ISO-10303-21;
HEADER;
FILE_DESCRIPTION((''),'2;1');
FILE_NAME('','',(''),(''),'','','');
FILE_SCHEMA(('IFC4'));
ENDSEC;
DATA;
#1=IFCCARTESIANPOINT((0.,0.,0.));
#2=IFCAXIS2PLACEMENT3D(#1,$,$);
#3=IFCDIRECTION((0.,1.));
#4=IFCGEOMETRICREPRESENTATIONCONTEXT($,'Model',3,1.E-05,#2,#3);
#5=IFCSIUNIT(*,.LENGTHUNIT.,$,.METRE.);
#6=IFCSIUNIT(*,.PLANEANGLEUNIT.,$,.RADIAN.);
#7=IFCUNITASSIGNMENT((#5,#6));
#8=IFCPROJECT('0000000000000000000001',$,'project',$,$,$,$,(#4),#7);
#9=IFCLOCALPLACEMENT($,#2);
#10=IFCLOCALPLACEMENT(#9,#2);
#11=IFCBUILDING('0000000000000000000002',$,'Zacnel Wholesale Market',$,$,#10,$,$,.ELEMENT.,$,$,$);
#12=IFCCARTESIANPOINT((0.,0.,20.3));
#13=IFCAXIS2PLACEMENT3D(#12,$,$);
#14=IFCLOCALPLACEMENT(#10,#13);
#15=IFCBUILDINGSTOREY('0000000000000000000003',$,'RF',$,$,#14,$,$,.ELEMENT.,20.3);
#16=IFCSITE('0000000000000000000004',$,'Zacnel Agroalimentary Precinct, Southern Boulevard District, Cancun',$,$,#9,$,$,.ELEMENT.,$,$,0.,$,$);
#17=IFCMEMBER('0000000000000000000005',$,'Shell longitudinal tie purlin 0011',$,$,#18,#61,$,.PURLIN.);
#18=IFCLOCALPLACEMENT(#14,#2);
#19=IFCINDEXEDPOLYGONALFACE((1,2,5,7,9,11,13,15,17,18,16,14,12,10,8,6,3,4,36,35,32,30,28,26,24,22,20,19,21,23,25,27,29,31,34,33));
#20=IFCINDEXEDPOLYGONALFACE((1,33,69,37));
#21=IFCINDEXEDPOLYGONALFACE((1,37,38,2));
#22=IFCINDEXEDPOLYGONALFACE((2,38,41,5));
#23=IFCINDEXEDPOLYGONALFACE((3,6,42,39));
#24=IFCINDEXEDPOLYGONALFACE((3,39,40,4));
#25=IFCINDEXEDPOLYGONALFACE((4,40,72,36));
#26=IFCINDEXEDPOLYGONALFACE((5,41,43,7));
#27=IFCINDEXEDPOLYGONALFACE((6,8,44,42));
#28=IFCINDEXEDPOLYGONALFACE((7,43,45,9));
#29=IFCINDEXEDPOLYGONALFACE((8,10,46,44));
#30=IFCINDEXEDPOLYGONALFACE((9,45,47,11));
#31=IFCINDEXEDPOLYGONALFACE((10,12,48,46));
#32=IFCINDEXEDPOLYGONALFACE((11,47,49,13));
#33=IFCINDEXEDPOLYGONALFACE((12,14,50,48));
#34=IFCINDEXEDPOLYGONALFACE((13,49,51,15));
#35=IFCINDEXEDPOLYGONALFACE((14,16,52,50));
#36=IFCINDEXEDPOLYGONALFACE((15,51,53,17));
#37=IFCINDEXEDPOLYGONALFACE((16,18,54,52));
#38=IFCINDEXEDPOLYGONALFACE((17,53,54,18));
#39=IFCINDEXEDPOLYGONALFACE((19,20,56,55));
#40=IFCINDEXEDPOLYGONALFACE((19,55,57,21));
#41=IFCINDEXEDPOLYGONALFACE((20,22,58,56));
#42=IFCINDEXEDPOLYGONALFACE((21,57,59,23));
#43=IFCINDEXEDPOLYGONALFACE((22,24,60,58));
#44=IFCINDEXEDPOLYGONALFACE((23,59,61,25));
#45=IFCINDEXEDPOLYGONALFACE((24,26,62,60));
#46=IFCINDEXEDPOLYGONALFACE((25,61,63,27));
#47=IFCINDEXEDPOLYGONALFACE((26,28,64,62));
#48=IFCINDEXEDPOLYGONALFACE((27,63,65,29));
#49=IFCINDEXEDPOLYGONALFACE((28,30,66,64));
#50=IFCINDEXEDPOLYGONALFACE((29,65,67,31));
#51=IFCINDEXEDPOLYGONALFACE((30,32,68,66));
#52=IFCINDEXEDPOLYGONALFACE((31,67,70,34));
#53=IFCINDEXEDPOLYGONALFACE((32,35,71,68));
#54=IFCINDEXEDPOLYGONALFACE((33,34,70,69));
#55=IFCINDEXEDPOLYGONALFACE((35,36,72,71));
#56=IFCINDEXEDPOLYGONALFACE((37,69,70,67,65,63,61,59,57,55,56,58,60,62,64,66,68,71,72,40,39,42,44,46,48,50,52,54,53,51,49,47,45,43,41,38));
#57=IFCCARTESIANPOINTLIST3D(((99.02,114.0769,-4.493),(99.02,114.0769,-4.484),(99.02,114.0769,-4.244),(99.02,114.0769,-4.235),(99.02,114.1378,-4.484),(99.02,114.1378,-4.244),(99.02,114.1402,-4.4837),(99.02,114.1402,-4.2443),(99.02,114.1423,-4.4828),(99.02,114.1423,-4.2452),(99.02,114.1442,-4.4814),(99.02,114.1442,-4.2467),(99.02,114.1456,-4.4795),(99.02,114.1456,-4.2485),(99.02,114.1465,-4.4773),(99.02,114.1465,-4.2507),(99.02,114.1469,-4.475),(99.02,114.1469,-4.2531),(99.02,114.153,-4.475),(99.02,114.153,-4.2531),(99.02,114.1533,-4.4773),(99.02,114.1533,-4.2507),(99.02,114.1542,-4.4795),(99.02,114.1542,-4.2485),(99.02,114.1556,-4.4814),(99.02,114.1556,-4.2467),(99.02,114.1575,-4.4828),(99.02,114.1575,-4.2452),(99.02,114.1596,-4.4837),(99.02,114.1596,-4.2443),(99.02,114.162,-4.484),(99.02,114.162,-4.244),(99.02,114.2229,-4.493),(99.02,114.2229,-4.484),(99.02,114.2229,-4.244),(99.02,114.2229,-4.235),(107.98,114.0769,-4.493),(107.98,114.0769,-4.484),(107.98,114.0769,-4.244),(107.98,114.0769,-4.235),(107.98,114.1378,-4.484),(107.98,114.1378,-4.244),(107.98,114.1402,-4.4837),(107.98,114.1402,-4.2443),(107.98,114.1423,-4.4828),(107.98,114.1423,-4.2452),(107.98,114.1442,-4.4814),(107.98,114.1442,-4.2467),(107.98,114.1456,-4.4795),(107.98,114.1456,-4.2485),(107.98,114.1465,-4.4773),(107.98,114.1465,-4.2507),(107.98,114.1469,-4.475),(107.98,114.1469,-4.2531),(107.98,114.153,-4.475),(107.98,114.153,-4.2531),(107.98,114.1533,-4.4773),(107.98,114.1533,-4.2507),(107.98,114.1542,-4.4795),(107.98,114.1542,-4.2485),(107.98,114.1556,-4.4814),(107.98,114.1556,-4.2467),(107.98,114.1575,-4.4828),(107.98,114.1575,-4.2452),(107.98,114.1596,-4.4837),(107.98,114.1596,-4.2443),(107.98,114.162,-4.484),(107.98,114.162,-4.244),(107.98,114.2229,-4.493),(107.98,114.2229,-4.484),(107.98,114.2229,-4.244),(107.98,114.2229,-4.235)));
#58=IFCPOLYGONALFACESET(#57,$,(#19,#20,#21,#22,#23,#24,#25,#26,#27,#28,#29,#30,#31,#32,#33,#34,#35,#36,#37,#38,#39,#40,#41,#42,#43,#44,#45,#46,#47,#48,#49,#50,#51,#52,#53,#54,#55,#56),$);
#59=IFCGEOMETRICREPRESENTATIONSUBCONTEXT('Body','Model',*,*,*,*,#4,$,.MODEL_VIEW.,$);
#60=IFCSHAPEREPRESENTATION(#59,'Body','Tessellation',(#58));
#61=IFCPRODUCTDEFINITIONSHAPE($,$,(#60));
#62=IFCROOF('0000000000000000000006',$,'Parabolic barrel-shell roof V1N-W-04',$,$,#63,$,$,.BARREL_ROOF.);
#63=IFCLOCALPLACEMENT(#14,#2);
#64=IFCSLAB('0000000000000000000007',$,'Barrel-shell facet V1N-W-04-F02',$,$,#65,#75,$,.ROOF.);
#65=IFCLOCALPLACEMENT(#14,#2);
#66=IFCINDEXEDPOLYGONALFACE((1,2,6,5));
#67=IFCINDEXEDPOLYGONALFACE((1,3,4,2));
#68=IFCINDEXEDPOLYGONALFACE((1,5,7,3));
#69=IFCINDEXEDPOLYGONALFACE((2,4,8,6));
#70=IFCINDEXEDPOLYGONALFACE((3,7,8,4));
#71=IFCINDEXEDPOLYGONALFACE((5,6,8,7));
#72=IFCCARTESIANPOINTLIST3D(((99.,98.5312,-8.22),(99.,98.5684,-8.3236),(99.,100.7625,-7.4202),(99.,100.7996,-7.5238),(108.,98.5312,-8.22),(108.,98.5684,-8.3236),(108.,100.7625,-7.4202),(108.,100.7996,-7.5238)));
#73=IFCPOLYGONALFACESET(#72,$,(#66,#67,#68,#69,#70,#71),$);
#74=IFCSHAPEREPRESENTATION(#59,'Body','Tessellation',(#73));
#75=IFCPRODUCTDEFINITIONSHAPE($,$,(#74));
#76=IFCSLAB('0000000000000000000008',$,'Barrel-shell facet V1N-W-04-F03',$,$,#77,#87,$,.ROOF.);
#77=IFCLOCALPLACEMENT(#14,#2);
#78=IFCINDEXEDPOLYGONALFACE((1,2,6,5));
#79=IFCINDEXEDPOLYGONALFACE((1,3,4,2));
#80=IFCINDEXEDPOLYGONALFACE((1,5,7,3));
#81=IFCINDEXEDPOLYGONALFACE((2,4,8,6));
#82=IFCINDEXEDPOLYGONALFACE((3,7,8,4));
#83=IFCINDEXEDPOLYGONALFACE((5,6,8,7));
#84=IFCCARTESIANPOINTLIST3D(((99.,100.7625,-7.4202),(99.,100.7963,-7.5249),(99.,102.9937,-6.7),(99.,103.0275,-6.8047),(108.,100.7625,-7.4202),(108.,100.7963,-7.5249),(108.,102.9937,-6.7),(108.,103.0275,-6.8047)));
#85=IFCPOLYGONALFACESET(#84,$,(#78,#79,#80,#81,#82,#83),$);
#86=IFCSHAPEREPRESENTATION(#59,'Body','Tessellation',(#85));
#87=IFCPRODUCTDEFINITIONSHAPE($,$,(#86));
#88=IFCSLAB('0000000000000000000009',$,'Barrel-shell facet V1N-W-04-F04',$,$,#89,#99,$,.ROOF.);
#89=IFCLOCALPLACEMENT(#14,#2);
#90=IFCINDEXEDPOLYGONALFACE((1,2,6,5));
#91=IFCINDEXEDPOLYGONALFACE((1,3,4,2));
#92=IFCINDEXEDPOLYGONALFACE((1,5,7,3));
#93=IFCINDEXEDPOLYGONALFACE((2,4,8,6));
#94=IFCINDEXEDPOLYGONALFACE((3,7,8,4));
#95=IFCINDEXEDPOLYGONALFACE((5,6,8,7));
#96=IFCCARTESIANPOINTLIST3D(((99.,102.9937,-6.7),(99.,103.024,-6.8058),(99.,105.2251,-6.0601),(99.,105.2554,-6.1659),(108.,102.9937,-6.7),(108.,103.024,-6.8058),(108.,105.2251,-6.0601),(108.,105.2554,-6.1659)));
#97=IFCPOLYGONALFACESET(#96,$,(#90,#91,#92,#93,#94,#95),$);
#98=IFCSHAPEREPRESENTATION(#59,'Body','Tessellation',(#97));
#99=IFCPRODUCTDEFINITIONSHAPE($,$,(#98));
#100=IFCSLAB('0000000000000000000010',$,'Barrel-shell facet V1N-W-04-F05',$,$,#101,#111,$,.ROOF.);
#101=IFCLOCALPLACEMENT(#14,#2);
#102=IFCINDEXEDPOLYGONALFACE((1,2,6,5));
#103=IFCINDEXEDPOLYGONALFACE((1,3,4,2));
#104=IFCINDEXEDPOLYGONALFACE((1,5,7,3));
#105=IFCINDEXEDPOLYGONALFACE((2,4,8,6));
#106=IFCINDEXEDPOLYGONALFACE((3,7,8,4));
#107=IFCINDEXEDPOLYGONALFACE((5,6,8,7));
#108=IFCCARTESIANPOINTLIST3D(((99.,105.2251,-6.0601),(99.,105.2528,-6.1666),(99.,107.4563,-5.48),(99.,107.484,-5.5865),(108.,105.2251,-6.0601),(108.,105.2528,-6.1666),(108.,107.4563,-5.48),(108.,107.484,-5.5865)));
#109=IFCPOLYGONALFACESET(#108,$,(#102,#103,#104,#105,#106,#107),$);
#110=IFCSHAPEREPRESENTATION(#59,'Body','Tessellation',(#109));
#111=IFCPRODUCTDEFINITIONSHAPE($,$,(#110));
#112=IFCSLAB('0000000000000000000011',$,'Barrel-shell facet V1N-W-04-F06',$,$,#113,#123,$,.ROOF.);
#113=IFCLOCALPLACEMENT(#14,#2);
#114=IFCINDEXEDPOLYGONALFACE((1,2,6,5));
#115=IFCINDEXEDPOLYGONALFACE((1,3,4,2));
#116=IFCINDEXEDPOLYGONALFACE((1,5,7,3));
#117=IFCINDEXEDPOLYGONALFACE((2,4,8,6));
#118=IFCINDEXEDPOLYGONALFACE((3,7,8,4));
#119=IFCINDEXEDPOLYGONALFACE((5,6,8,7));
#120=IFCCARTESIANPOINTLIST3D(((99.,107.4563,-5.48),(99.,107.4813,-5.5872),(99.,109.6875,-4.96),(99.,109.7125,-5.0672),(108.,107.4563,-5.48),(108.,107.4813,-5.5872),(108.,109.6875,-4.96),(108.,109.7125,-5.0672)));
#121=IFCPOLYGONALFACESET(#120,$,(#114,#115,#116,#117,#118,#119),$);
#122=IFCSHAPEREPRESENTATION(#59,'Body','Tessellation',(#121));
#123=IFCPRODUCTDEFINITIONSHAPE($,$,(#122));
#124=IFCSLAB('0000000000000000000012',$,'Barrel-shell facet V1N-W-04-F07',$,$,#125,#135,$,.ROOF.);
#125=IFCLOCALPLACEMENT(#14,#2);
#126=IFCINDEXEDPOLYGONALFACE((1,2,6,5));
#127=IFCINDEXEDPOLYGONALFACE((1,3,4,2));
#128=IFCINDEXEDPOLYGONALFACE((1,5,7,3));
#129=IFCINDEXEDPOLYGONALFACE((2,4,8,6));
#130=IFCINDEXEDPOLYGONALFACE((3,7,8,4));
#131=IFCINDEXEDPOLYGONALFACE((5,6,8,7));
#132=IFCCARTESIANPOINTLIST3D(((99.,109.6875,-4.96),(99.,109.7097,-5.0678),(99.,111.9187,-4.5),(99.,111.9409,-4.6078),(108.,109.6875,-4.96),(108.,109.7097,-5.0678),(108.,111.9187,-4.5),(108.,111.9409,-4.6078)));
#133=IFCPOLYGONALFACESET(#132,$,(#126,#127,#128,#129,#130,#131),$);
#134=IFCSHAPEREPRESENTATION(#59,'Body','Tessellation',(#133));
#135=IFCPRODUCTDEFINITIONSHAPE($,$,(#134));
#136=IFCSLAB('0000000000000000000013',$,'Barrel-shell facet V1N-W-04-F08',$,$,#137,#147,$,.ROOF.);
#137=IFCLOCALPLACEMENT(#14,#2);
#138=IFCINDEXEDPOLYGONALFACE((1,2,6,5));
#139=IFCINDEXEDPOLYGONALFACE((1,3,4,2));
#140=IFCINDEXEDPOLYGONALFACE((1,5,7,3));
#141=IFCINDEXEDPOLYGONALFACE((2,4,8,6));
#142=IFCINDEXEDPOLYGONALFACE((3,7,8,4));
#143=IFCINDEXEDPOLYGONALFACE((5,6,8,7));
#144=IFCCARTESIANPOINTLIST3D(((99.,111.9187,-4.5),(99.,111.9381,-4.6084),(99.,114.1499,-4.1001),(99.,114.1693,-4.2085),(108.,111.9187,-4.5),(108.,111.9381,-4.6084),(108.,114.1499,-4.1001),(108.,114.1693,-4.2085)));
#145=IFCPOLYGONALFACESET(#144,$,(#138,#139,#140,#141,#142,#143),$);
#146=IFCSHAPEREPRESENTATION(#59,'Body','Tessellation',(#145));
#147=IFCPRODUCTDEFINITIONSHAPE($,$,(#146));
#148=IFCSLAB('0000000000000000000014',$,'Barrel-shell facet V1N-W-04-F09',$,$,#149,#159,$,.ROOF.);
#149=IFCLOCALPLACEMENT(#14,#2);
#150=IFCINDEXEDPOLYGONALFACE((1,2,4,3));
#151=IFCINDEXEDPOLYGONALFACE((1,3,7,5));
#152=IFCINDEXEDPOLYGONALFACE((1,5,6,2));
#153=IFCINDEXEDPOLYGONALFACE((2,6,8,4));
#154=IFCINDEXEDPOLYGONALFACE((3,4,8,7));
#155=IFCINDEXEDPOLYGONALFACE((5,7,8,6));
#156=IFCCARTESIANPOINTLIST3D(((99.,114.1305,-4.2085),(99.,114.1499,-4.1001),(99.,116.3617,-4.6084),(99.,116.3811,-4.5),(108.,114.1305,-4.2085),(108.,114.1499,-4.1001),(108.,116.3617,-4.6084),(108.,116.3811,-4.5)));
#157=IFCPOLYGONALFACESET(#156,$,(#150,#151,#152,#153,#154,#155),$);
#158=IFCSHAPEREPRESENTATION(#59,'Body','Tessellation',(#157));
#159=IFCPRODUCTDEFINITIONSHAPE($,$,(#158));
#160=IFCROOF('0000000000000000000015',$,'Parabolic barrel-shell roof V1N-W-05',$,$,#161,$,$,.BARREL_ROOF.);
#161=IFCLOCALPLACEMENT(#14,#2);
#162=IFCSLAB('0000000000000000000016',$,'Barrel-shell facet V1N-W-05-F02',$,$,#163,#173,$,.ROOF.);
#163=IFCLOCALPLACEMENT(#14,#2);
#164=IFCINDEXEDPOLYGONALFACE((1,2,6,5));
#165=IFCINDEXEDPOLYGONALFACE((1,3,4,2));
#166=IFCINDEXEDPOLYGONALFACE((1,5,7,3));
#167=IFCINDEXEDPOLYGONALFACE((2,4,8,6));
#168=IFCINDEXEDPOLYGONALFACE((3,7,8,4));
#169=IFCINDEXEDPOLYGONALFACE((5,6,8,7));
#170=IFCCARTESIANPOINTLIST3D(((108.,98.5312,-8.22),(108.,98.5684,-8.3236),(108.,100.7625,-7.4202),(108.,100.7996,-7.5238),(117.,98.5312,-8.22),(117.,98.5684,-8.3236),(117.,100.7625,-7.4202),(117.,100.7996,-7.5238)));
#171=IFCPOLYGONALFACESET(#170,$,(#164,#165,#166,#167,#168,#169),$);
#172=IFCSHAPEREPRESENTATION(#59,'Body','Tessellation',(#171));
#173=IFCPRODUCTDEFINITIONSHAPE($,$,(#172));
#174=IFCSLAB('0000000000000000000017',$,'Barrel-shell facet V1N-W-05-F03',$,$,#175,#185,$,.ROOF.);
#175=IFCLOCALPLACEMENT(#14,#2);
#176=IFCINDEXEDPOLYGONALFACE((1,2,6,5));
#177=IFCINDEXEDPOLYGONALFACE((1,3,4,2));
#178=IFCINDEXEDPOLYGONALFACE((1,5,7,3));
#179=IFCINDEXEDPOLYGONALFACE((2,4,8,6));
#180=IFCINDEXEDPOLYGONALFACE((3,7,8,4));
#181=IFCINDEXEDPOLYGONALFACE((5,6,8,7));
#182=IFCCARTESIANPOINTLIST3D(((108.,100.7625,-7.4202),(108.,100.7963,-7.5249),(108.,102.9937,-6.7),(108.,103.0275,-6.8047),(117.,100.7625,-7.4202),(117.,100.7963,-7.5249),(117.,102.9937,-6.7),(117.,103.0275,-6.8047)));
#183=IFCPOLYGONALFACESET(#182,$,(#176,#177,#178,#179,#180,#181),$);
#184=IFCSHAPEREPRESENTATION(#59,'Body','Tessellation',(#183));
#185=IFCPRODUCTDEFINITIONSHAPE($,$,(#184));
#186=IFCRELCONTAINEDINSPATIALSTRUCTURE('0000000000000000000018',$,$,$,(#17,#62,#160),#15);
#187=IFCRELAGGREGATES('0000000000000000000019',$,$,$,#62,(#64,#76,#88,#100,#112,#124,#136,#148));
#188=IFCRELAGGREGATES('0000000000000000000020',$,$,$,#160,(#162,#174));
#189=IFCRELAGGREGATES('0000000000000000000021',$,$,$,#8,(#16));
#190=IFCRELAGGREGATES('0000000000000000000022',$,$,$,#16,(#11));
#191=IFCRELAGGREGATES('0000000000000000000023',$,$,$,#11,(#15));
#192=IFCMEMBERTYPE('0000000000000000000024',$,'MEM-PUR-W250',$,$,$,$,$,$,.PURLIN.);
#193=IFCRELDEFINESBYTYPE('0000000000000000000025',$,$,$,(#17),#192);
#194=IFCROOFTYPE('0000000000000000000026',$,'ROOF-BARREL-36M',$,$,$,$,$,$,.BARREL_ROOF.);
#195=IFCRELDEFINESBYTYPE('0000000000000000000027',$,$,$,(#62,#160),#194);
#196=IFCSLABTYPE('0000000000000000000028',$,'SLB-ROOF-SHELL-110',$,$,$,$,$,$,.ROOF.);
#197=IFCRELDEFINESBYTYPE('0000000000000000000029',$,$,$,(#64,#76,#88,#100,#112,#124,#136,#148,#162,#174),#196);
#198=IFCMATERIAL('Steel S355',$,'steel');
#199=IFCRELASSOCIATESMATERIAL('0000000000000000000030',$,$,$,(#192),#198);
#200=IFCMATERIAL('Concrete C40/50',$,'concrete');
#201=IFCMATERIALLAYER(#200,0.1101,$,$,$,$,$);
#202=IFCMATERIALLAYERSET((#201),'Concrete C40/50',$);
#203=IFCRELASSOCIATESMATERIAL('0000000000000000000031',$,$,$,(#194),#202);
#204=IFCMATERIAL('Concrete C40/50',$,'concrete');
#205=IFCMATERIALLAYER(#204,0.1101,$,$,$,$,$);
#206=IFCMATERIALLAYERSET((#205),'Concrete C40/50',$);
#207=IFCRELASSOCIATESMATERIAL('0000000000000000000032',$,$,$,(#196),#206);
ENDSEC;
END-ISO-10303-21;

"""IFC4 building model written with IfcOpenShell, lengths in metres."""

from ifc_helpers import new_model, si_unit, direction, frame, origin, origin_2d, place, context, subcontext, project, spatial, polyline, i_section, outline, extrude, material, layer, layer_set, material_profile, profile_set, type_object, element, aggregate, save


model = new_model("IFC4")

# Units and contexts
model_context = context("Model", 3, precision=1e-05, world=origin(), true_north=direction((0.0, 1.0)))
body_context = subcontext(model_context, "Body", "Model", "MODEL_VIEW")
ifc_project = project(units=[si_unit("LENGTHUNIT", "METRE"), si_unit("PLANEANGLEUNIT", "RADIAN")], contexts=[model_context])

# Site, building, storey
site_placement = place(None, origin())
site = spatial("IfcSite", under=ifc_project, at=site_placement, Name="Zacnel Agroalimentary Precinct, Southern Boulevard District, Cancun", CompositionType="ELEMENT", RefElevation=0.0)
building_placement = place(site_placement, origin())
building = spatial("IfcBuilding", under=site, at=building_placement, Name="Zacnel Wholesale Market", CompositionType="ELEMENT")
storey_placement = place(building_placement, frame((0.0, 0.0, 20.3)))
storey = spatial("IfcBuildingStorey", under=building, at=storey_placement, Name="RF", CompositionType="ELEMENT", Elevation=20.3)

# Member
ifc_material_1 = material(Name="Steel S355", Category="steel")
ifc_material_profile_1 = material_profile(ifc_material_1, i_section(OverallWidth=0.146, OverallDepth=0.2581, WebThickness=0.0061, FlangeThickness=0.009, FilletRadius=0.009, at=origin_2d()), Name="W250X32.7")
ifc_profile_set_1 = profile_set([ifc_material_profile_1], Name="Steel S355")
member_type_1 = type_object("IfcMemberType", Name="MEM-PUR-W250", PredefinedType="PURLIN", material=ifc_profile_set_1)
for number, where, z_axis, x_axis, name in (
    (1, (99.02, 114.1499, -4.364), (1.0, 0.0, 0.0), (0.0, 1.0, 0.0), "Shell longitudinal tie purlin 0011"),
):
    element("IfcMember", number, at=place(storey_placement, frame(where, z_axis=z_axis, x_axis=x_axis)), inside=storey, type_object=member_type_1, Name=name, PredefinedType="PURLIN", context=body_context, shape_type="SweptSolid", body=[
        extrude(i_section(OverallWidth=0.146, OverallDepth=0.2581, WebThickness=0.0061, FlangeThickness=0.009, FilletRadius=0.009, at=origin_2d()), origin(), (0.0, 0.0, 1.0), 8.96),
    ])

# Roofs, slabs
ifc_material_2 = material(Name="Concrete C40/50", Category="concrete")
ifc_layer_1 = layer(ifc_material_2, 0.1101)
ifc_layer_set_1 = layer_set([ifc_layer_1], Name="Concrete C40/50")
roof_type = type_object("IfcRoofType", Name="ROOF-BARREL-36M", PredefinedType="BARREL_ROOF", material=ifc_layer_set_1)
roof_1_placement = place(storey_placement, origin())
roof_1 = element("IfcRoof", 2, at=roof_1_placement, inside=storey, type_object=roof_type, Name="Parabolic barrel-shell roof V1N-W-04", PredefinedType="BARREL_ROOF")
ifc_material_3 = material(Name="Concrete C40/50", Category="concrete")
ifc_layer_2 = layer(ifc_material_3, 0.1101)
ifc_layer_set_2 = layer_set([ifc_layer_2], Name="Concrete C40/50")
slab_type = type_object("IfcSlabType", Name="SLB-ROOF-SHELL-110", PredefinedType="ROOF", material=ifc_layer_set_2)
slab_1_placement = place(storey_placement, frame((99.0, 98.5312, -8.22), z_axis=(0.0, -0.337439, 0.941347), x_axis=(1.0, 0.0, 0.0)))
slab_1 = element("IfcSlab", 3, at=slab_1_placement, type_object=slab_type, Name="Barrel-shell facet V1N-W-04-F02", PredefinedType="ROOF", context=body_context, shape_type="SweptSolid", body=[
    extrude(outline(polyline([(0.0, 0.0), (9.0, 0.0), (9.0, 2.3702), (0.0, 2.3702), (0.0, 0.0)])), origin(), (0.0, 0.0, -1.0), 0.1101),
])
slab_2_placement = place(storey_placement, frame((99.0, 100.7625, -7.4202), z_axis=(0.0, -0.307185, 0.95165), x_axis=(1.0, 0.0, 0.0)))
slab_2 = element("IfcSlab", 4, at=slab_2_placement, type_object=slab_type, Name="Barrel-shell facet V1N-W-04-F03", PredefinedType="ROOF", context=body_context, shape_type="SweptSolid", body=[
    extrude(outline(polyline([(0.0, 0.0), (9.0, 0.0), (9.0, 2.3446), (0.0, 2.3446), (0.0, 0.0)])), origin(), (0.0, 0.0, -1.0), 0.1101),
])
slab_3_placement = place(storey_placement, frame((99.0, 102.9937, -6.7), z_axis=(0.0, -0.275652, 0.961258), x_axis=(1.0, 0.0, 0.0)))
slab_3 = element("IfcSlab", 5, at=slab_3_placement, type_object=slab_type, Name="Barrel-shell facet V1N-W-04-F04", PredefinedType="ROOF", context=body_context, shape_type="SweptSolid", body=[
    extrude(outline(polyline([(0.0, 0.0), (9.0, 0.0), (9.0, 2.3214), (0.0, 2.3214), (0.0, 0.0)])), origin(), (0.0, 0.0, -1.0), 0.1101),
])
slab_4_placement = place(storey_placement, frame((99.0, 105.2251, -6.0601), z_axis=(0.0, -0.25162, 0.967826), x_axis=(1.0, 0.0, 0.0)))
slab_4 = element("IfcSlab", 6, at=slab_4_placement, type_object=slab_type, Name="Barrel-shell facet V1N-W-04-F05", PredefinedType="ROOF", context=body_context, shape_type="SweptSolid", body=[
    extrude(outline(polyline([(0.0, 0.0), (9.0, 0.0), (9.0, 2.3054), (0.0, 2.3054), (0.0, 0.0)])), origin(), (0.0, 0.0, -1.0), 0.1101),
])
slab_5_placement = place(storey_placement, frame((99.0, 107.4563, -5.48), z_axis=(0.0, -0.226984, 0.973899), x_axis=(1.0, 0.0, 0.0)))
slab_5 = element("IfcSlab", 7, at=slab_5_placement, type_object=slab_type, Name="Barrel-shell facet V1N-W-04-F06", PredefinedType="ROOF", context=body_context, shape_type="SweptSolid", body=[
    extrude(outline(polyline([(0.0, 0.0), (9.0, 0.0), (9.0, 2.291), (0.0, 2.291), (0.0, 0.0)])), origin(), (0.0, 0.0, -1.0), 0.1101),
])
slab_6_placement = place(storey_placement, frame((99.0, 109.6875, -4.96), z_axis=(0.0, -0.201904, 0.979405), x_axis=(1.0, 0.0, 0.0)))
slab_6 = element("IfcSlab", 8, at=slab_6_placement, type_object=slab_type, Name="Barrel-shell facet V1N-W-04-F07", PredefinedType="ROOF", context=body_context, shape_type="SweptSolid", body=[
    extrude(outline(polyline([(0.0, 0.0), (9.0, 0.0), (9.0, 2.2781), (0.0, 2.2781), (0.0, 0.0)])), origin(), (0.0, 0.0, -1.0), 0.1101),
])
slab_7_placement = place(storey_placement, frame((99.0, 111.9187, -4.5), z_axis=(0.0, -0.176421, 0.984315), x_axis=(1.0, 0.0, 0.0)))
slab_7 = element("IfcSlab", 9, at=slab_7_placement, type_object=slab_type, Name="Barrel-shell facet V1N-W-04-F08", PredefinedType="ROOF", context=body_context, shape_type="SweptSolid", body=[
    extrude(outline(polyline([(0.0, 0.0), (9.0, 0.0), (9.0, 2.2668), (0.0, 2.2668), (0.0, 0.0)])), origin(), (0.0, 0.0, -1.0), 0.1101),
])
slab_8_placement = place(storey_placement, frame((99.0, 114.1499, -4.1001), z_axis=(0.0, 0.176421, 0.984315), x_axis=(1.0, 0.0, 0.0)))
slab_8 = element("IfcSlab", 10, at=slab_8_placement, type_object=slab_type, Name="Barrel-shell facet V1N-W-04-F09", PredefinedType="ROOF", context=body_context, shape_type="SweptSolid", body=[
    extrude(outline(polyline([(0.0, 0.0), (9.0, 0.0), (9.0, 2.2668), (0.0, 2.2668), (0.0, 0.0)])), origin(), (0.0, 0.0, -1.0), 0.1101),
])
aggregate(roof_1, [slab_1, slab_2, slab_3, slab_4, slab_5, slab_6, slab_7, slab_8])
roof_2_placement = place(storey_placement, origin())
roof_2 = element("IfcRoof", 11, at=roof_2_placement, inside=storey, type_object=roof_type, Name="Parabolic barrel-shell roof V1N-W-05", PredefinedType="BARREL_ROOF")
slab_9_placement = place(storey_placement, frame((108.0, 98.5312, -8.22), z_axis=(0.0, -0.337439, 0.941347), x_axis=(1.0, 0.0, 0.0)))
slab_9 = element("IfcSlab", 12, at=slab_9_placement, type_object=slab_type, Name="Barrel-shell facet V1N-W-05-F02", PredefinedType="ROOF", context=body_context, shape_type="SweptSolid", body=[
    extrude(outline(polyline([(0.0, 0.0), (9.0, 0.0), (9.0, 2.3702), (0.0, 2.3702), (0.0, 0.0)])), origin(), (0.0, 0.0, -1.0), 0.1101),
])
slab_10_placement = place(storey_placement, frame((108.0, 100.7625, -7.4202), z_axis=(0.0, -0.307185, 0.95165), x_axis=(1.0, 0.0, 0.0)))
slab_10 = element("IfcSlab", 13, at=slab_10_placement, type_object=slab_type, Name="Barrel-shell facet V1N-W-05-F03", PredefinedType="ROOF", context=body_context, shape_type="SweptSolid", body=[
    extrude(outline(polyline([(0.0, 0.0), (9.0, 0.0), (9.0, 2.3446), (0.0, 2.3446), (0.0, 0.0)])), origin(), (0.0, 0.0, -1.0), 0.1101),
])
aggregate(roof_2, [slab_9, slab_10])

save(model, "model.ifc")
